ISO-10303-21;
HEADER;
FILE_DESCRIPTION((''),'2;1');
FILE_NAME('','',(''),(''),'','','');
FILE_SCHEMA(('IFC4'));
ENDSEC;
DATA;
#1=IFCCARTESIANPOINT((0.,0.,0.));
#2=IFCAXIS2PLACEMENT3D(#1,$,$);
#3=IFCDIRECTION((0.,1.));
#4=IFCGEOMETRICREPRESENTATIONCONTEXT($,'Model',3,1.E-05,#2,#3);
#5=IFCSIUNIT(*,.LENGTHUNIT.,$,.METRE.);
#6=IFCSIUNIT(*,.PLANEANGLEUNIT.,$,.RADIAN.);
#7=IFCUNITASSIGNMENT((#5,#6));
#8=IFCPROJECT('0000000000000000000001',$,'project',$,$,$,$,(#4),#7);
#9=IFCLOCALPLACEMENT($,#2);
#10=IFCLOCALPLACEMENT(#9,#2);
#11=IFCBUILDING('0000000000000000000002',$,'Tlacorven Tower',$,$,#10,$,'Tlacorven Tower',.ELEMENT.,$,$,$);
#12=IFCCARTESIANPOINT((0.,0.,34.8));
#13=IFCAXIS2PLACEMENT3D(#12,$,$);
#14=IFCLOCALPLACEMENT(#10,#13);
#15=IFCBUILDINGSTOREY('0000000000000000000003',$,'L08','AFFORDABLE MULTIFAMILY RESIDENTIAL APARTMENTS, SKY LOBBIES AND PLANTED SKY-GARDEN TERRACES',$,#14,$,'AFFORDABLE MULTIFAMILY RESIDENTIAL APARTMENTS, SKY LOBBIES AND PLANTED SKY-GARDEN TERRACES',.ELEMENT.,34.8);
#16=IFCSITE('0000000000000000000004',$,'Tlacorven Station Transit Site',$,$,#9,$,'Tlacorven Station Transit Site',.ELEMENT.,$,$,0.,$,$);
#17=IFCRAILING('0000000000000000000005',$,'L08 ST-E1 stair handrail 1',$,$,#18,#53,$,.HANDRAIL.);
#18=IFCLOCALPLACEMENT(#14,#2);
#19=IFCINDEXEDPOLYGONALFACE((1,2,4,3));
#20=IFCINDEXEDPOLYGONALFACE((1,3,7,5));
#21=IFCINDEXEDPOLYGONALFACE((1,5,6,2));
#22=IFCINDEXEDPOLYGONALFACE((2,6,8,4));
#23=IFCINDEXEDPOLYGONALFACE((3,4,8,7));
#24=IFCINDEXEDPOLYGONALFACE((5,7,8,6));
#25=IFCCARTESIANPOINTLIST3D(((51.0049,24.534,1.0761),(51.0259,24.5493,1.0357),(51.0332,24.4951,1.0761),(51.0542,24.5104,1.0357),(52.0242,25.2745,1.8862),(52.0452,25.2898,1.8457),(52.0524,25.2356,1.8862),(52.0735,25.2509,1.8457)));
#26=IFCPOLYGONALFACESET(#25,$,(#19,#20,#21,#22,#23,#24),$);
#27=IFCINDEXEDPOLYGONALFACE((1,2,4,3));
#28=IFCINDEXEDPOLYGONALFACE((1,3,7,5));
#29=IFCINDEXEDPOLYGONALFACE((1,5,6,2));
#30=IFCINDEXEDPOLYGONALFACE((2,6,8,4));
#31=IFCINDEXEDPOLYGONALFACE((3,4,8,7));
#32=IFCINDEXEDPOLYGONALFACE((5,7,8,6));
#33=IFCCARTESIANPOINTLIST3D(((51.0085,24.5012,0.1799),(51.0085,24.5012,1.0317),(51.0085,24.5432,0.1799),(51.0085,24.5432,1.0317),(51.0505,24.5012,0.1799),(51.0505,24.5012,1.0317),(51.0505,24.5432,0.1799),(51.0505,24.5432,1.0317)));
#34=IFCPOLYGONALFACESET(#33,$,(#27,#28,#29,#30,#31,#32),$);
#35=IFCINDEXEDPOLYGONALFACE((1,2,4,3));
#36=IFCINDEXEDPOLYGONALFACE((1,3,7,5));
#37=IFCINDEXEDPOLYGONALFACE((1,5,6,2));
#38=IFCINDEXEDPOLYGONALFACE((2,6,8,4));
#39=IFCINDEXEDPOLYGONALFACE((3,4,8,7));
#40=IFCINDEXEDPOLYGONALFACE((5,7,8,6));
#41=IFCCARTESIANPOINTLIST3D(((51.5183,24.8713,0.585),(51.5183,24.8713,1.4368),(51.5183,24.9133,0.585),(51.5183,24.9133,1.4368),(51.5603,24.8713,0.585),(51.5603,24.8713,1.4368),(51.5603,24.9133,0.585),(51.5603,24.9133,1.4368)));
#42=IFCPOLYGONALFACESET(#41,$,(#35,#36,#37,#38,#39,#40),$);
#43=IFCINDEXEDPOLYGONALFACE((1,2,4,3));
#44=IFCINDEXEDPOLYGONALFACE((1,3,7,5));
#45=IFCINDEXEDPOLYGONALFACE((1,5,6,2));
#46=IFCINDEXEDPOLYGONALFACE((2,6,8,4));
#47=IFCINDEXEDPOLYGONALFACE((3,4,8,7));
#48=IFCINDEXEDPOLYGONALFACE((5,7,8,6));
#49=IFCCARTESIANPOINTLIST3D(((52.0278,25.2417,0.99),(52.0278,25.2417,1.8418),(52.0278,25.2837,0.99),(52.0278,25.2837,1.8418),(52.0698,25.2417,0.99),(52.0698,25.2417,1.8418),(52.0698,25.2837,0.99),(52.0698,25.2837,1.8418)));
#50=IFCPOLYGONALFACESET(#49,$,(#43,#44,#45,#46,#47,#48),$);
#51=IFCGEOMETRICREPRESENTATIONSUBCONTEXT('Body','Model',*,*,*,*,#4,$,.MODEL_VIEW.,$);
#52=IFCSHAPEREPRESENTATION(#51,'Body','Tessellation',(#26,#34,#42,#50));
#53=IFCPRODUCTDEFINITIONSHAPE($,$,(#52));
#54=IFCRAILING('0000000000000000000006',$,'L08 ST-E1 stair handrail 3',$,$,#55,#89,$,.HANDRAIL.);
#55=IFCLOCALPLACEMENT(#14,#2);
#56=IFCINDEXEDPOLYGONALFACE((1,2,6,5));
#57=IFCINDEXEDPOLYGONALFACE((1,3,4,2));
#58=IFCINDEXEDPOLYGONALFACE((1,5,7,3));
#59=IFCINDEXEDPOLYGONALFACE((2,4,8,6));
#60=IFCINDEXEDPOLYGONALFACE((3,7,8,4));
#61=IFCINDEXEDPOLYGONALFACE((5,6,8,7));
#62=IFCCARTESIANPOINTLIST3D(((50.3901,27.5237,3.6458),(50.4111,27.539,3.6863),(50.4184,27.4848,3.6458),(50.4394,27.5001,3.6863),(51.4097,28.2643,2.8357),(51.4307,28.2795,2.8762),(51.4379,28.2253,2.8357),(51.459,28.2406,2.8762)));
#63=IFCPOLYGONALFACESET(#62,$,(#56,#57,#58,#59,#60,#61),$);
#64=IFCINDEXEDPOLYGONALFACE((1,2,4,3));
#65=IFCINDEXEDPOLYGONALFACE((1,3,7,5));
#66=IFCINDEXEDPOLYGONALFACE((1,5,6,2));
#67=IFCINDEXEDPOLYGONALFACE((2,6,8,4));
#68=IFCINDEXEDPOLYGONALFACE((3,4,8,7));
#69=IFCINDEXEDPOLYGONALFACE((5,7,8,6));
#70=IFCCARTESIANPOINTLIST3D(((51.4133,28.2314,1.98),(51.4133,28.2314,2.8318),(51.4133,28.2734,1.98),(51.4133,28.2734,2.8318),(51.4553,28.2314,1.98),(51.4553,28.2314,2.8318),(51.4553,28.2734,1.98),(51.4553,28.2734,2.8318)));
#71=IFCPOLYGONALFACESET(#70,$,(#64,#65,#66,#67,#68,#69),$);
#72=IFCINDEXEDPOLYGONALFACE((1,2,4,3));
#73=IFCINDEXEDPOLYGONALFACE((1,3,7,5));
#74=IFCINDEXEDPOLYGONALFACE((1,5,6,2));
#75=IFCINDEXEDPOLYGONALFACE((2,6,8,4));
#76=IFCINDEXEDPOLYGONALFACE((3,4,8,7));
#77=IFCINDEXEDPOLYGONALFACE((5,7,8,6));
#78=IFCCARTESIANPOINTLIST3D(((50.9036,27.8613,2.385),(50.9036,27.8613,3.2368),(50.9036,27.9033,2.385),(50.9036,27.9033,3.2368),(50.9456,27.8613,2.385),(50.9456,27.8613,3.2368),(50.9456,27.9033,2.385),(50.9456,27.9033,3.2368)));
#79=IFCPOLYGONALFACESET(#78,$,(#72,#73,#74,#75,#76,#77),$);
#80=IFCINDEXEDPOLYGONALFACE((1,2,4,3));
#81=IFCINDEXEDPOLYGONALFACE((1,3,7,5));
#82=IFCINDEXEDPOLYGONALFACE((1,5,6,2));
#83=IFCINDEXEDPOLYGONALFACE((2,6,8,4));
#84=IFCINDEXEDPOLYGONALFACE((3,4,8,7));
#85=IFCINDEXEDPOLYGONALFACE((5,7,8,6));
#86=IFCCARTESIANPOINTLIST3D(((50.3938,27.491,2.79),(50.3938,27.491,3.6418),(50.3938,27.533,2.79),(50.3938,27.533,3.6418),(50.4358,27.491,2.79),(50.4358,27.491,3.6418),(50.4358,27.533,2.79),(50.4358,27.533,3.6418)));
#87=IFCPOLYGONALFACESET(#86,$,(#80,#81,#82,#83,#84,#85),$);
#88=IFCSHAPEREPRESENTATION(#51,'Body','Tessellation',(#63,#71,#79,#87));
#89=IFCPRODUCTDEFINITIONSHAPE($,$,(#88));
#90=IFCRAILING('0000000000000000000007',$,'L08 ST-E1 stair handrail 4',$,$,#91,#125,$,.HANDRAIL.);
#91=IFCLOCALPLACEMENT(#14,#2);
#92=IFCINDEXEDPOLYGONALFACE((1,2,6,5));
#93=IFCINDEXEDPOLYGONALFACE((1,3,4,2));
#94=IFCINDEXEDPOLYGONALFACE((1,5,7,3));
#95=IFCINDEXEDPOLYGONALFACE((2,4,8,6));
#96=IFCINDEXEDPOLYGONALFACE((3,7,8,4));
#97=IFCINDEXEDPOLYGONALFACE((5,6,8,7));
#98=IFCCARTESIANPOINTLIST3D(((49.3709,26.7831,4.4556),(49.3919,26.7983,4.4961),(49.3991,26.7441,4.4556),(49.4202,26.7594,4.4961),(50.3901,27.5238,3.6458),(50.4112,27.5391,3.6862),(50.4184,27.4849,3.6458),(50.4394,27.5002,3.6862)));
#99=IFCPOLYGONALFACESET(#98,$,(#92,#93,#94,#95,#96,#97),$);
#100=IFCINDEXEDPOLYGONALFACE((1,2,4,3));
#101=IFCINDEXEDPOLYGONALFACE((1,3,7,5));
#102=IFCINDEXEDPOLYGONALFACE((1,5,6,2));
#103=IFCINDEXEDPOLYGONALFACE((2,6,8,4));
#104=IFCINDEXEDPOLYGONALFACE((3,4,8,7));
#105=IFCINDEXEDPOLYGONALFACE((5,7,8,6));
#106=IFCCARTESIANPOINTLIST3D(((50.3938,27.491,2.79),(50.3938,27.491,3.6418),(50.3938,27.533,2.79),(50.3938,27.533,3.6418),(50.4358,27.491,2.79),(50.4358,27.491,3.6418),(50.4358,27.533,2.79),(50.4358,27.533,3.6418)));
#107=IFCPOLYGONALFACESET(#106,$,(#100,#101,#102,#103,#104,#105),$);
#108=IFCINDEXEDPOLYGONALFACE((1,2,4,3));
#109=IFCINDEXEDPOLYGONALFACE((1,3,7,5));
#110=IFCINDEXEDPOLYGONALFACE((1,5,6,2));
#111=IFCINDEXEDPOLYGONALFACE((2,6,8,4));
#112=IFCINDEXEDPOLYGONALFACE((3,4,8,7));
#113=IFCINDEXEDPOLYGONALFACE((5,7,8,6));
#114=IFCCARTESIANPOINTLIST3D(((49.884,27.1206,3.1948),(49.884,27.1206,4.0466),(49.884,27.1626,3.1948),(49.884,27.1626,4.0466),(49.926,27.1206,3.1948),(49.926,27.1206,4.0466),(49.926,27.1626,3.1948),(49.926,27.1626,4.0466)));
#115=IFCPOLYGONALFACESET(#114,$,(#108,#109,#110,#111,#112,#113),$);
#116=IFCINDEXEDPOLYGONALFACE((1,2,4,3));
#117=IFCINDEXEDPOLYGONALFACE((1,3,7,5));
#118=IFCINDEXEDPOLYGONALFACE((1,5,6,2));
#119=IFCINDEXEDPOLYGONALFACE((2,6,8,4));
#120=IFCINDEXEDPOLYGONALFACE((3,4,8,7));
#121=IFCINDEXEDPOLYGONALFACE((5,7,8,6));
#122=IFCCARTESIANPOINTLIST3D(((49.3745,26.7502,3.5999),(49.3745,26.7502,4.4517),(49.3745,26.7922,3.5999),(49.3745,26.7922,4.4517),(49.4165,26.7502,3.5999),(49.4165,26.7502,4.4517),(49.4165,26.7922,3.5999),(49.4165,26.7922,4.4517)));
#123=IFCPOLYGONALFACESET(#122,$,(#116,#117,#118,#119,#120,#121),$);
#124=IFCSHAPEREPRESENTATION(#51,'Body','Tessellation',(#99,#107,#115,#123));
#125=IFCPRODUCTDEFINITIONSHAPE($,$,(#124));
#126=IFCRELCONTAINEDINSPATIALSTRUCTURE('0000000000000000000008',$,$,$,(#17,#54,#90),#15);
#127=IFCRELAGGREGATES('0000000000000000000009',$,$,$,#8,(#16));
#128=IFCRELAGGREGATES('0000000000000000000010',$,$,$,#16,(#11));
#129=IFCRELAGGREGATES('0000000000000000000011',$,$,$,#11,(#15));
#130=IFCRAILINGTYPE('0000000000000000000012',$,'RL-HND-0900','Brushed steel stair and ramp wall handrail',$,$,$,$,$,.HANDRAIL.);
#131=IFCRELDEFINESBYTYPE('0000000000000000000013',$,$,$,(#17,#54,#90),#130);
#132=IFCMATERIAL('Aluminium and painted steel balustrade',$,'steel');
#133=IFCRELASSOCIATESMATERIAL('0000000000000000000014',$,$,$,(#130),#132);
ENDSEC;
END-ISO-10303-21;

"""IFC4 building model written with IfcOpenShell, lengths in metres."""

from ifc_helpers import new_model, si_unit, direction, frame, origin, origin_2d, place, context, subcontext, project, spatial, rectangle, extrude, source, transform, mapped, material, type_object, element, save


model = new_model("IFC4")

# Units and contexts
model_context = context("Model", 3, precision=1e-05, world=origin(), true_north=direction((0.0, 1.0)))
body_context = subcontext(model_context, "Body", "Model", "MODEL_VIEW")
ifc_project = project(units=[si_unit("LENGTHUNIT", "METRE"), si_unit("PLANEANGLEUNIT", "RADIAN")], contexts=[model_context])

# Site, building, storey
site_placement = place(None, origin())
site = spatial("IfcSite", under=ifc_project, at=site_placement, Name="Tlacorven Station Transit Site", LongName="Tlacorven Station Transit Site", CompositionType="ELEMENT", RefElevation=0.0)
building_placement = place(site_placement, origin())
building = spatial("IfcBuilding", under=site, at=building_placement, Name="Tlacorven Tower", LongName="Tlacorven Tower", CompositionType="ELEMENT")
storey_placement = place(building_placement, frame((0.0, 0.0, 34.8)))
storey = spatial("IfcBuildingStorey", under=building, at=storey_placement, Name="L08", Description="AFFORDABLE MULTIFAMILY RESIDENTIAL APARTMENTS, SKY LOBBIES AND PLANTED SKY-GARDEN TERRACES", LongName="AFFORDABLE MULTIFAMILY RESIDENTIAL APARTMENTS, SKY LOBBIES AND PLANTED SKY-GARDEN TERRACES", CompositionType="ELEMENT", Elevation=34.8)

# Railings
ifc_material_1 = material(Name="Aluminium and painted steel balustrade", Category="steel")
railing_type_1 = type_object("IfcRailingType", Name="RL-HND-0900", Description="Brushed steel stair and ramp wall handrail", PredefinedType="HANDRAIL", material=ifc_material_1)
shared_shape_1 = source(origin(), body_context, "Body", "SweptSolid", [
    extrude(rectangle(XDim=0.0481, YDim=0.0481, at=origin_2d()), frame((0.0, 0.0, 0.876), z_axis=(0.680516, 0.494373, 0.540827), x_axis=(-0.587745, 0.809046, 0.0)), (0.0, 0.0, 1.0), 1.4978),
    extrude(rectangle(XDim=0.042, YDim=0.042, at=origin_2d()), origin(), (0.0, 0.0, 1.0), 0.8518),
    extrude(rectangle(XDim=0.042, YDim=0.042, at=origin_2d()), frame((0.5098, 0.3701, 0.405)), (0.0, 0.0, 1.0), 0.8518),
    extrude(rectangle(XDim=0.042, YDim=0.042, at=origin_2d()), frame((1.0193, 0.7405, 0.8101)), (0.0, 0.0, 1.0), 0.8518),
])
railing_1_placement = place(storey_placement, frame((51.0295, 24.5222, 0.1799)))
element("IfcRailing", 1, at=railing_1_placement, inside=storey, type_object=railing_type_1, Name="L08 ST-E1 stair handrail 1", PredefinedType="HANDRAIL", context=body_context, shape_type="MappedRepresentation", body=[
    mapped(shared_shape_1, transform((0.0, 0.0, 0.0), scale=1.0)),
])
shared_shape_2 = source(origin(), body_context, "Body", "SweptSolid", [
    extrude(rectangle(XDim=0.0481, YDim=0.0481, at=origin_2d()), frame((0.0, 0.0, 0.876), z_axis=(-0.680604, -0.494318, 0.540767), x_axis=(0.587653, -0.809113, 0.0)), (0.0, 0.0, 1.0), 1.498),
    extrude(rectangle(XDim=0.042, YDim=0.042, at=origin_2d()), origin(), (0.0, 0.0, 1.0), 0.8518),
    extrude(rectangle(XDim=0.042, YDim=0.042, at=origin_2d()), frame((-0.5098, -0.3701, 0.405)), (0.0, 0.0, 1.0), 0.8518),
    extrude(rectangle(XDim=0.042, YDim=0.042, at=origin_2d()), frame((-1.0195, -0.7405, 0.8101)), (0.0, 0.0, 1.0), 0.8518),
])
railing_2_placement = place(storey_placement, frame((51.4343, 28.2524, 1.98)))
element("IfcRailing", 2, at=railing_2_placement, inside=storey, type_object=railing_type_1, Name="L08 ST-E1 stair handrail 3", PredefinedType="HANDRAIL", context=body_context, shape_type="MappedRepresentation", body=[
    mapped(shared_shape_2, transform((0.0, 0.0, 0.0), scale=1.0)),
])
shared_shape_3 = source(origin(), body_context, "Body", "SweptSolid", [
    extrude(rectangle(XDim=0.0481, YDim=0.0481, at=origin_2d()), frame((0.0, 0.0, 0.876), z_axis=(-0.680521, -0.494539, 0.540668), x_axis=(0.587872, -0.808954, 0.0)), (0.0, 0.0, 1.0), 1.4978),
    extrude(rectangle(XDim=0.042, YDim=0.042, at=origin_2d()), origin(), (0.0, 0.0, 1.0), 0.8518),
    extrude(rectangle(XDim=0.042, YDim=0.042, at=origin_2d()), frame((-0.5098, -0.3704, 0.4048)), (0.0, 0.0, 1.0), 0.8518),
    extrude(rectangle(XDim=0.042, YDim=0.042, at=origin_2d()), frame((-1.0193, -0.7407, 0.8098)), (0.0, 0.0, 1.0), 0.8518),
])
railing_3_placement = place(storey_placement, frame((50.4148, 27.512, 2.79)))
element("IfcRailing", 3, at=railing_3_placement, inside=storey, type_object=railing_type_1, Name="L08 ST-E1 stair handrail 4", PredefinedType="HANDRAIL", context=body_context, shape_type="MappedRepresentation", body=[
    mapped(shared_shape_3, transform((0.0, 0.0, 0.0), scale=1.0)),
])

save(model, "model.ifc")
